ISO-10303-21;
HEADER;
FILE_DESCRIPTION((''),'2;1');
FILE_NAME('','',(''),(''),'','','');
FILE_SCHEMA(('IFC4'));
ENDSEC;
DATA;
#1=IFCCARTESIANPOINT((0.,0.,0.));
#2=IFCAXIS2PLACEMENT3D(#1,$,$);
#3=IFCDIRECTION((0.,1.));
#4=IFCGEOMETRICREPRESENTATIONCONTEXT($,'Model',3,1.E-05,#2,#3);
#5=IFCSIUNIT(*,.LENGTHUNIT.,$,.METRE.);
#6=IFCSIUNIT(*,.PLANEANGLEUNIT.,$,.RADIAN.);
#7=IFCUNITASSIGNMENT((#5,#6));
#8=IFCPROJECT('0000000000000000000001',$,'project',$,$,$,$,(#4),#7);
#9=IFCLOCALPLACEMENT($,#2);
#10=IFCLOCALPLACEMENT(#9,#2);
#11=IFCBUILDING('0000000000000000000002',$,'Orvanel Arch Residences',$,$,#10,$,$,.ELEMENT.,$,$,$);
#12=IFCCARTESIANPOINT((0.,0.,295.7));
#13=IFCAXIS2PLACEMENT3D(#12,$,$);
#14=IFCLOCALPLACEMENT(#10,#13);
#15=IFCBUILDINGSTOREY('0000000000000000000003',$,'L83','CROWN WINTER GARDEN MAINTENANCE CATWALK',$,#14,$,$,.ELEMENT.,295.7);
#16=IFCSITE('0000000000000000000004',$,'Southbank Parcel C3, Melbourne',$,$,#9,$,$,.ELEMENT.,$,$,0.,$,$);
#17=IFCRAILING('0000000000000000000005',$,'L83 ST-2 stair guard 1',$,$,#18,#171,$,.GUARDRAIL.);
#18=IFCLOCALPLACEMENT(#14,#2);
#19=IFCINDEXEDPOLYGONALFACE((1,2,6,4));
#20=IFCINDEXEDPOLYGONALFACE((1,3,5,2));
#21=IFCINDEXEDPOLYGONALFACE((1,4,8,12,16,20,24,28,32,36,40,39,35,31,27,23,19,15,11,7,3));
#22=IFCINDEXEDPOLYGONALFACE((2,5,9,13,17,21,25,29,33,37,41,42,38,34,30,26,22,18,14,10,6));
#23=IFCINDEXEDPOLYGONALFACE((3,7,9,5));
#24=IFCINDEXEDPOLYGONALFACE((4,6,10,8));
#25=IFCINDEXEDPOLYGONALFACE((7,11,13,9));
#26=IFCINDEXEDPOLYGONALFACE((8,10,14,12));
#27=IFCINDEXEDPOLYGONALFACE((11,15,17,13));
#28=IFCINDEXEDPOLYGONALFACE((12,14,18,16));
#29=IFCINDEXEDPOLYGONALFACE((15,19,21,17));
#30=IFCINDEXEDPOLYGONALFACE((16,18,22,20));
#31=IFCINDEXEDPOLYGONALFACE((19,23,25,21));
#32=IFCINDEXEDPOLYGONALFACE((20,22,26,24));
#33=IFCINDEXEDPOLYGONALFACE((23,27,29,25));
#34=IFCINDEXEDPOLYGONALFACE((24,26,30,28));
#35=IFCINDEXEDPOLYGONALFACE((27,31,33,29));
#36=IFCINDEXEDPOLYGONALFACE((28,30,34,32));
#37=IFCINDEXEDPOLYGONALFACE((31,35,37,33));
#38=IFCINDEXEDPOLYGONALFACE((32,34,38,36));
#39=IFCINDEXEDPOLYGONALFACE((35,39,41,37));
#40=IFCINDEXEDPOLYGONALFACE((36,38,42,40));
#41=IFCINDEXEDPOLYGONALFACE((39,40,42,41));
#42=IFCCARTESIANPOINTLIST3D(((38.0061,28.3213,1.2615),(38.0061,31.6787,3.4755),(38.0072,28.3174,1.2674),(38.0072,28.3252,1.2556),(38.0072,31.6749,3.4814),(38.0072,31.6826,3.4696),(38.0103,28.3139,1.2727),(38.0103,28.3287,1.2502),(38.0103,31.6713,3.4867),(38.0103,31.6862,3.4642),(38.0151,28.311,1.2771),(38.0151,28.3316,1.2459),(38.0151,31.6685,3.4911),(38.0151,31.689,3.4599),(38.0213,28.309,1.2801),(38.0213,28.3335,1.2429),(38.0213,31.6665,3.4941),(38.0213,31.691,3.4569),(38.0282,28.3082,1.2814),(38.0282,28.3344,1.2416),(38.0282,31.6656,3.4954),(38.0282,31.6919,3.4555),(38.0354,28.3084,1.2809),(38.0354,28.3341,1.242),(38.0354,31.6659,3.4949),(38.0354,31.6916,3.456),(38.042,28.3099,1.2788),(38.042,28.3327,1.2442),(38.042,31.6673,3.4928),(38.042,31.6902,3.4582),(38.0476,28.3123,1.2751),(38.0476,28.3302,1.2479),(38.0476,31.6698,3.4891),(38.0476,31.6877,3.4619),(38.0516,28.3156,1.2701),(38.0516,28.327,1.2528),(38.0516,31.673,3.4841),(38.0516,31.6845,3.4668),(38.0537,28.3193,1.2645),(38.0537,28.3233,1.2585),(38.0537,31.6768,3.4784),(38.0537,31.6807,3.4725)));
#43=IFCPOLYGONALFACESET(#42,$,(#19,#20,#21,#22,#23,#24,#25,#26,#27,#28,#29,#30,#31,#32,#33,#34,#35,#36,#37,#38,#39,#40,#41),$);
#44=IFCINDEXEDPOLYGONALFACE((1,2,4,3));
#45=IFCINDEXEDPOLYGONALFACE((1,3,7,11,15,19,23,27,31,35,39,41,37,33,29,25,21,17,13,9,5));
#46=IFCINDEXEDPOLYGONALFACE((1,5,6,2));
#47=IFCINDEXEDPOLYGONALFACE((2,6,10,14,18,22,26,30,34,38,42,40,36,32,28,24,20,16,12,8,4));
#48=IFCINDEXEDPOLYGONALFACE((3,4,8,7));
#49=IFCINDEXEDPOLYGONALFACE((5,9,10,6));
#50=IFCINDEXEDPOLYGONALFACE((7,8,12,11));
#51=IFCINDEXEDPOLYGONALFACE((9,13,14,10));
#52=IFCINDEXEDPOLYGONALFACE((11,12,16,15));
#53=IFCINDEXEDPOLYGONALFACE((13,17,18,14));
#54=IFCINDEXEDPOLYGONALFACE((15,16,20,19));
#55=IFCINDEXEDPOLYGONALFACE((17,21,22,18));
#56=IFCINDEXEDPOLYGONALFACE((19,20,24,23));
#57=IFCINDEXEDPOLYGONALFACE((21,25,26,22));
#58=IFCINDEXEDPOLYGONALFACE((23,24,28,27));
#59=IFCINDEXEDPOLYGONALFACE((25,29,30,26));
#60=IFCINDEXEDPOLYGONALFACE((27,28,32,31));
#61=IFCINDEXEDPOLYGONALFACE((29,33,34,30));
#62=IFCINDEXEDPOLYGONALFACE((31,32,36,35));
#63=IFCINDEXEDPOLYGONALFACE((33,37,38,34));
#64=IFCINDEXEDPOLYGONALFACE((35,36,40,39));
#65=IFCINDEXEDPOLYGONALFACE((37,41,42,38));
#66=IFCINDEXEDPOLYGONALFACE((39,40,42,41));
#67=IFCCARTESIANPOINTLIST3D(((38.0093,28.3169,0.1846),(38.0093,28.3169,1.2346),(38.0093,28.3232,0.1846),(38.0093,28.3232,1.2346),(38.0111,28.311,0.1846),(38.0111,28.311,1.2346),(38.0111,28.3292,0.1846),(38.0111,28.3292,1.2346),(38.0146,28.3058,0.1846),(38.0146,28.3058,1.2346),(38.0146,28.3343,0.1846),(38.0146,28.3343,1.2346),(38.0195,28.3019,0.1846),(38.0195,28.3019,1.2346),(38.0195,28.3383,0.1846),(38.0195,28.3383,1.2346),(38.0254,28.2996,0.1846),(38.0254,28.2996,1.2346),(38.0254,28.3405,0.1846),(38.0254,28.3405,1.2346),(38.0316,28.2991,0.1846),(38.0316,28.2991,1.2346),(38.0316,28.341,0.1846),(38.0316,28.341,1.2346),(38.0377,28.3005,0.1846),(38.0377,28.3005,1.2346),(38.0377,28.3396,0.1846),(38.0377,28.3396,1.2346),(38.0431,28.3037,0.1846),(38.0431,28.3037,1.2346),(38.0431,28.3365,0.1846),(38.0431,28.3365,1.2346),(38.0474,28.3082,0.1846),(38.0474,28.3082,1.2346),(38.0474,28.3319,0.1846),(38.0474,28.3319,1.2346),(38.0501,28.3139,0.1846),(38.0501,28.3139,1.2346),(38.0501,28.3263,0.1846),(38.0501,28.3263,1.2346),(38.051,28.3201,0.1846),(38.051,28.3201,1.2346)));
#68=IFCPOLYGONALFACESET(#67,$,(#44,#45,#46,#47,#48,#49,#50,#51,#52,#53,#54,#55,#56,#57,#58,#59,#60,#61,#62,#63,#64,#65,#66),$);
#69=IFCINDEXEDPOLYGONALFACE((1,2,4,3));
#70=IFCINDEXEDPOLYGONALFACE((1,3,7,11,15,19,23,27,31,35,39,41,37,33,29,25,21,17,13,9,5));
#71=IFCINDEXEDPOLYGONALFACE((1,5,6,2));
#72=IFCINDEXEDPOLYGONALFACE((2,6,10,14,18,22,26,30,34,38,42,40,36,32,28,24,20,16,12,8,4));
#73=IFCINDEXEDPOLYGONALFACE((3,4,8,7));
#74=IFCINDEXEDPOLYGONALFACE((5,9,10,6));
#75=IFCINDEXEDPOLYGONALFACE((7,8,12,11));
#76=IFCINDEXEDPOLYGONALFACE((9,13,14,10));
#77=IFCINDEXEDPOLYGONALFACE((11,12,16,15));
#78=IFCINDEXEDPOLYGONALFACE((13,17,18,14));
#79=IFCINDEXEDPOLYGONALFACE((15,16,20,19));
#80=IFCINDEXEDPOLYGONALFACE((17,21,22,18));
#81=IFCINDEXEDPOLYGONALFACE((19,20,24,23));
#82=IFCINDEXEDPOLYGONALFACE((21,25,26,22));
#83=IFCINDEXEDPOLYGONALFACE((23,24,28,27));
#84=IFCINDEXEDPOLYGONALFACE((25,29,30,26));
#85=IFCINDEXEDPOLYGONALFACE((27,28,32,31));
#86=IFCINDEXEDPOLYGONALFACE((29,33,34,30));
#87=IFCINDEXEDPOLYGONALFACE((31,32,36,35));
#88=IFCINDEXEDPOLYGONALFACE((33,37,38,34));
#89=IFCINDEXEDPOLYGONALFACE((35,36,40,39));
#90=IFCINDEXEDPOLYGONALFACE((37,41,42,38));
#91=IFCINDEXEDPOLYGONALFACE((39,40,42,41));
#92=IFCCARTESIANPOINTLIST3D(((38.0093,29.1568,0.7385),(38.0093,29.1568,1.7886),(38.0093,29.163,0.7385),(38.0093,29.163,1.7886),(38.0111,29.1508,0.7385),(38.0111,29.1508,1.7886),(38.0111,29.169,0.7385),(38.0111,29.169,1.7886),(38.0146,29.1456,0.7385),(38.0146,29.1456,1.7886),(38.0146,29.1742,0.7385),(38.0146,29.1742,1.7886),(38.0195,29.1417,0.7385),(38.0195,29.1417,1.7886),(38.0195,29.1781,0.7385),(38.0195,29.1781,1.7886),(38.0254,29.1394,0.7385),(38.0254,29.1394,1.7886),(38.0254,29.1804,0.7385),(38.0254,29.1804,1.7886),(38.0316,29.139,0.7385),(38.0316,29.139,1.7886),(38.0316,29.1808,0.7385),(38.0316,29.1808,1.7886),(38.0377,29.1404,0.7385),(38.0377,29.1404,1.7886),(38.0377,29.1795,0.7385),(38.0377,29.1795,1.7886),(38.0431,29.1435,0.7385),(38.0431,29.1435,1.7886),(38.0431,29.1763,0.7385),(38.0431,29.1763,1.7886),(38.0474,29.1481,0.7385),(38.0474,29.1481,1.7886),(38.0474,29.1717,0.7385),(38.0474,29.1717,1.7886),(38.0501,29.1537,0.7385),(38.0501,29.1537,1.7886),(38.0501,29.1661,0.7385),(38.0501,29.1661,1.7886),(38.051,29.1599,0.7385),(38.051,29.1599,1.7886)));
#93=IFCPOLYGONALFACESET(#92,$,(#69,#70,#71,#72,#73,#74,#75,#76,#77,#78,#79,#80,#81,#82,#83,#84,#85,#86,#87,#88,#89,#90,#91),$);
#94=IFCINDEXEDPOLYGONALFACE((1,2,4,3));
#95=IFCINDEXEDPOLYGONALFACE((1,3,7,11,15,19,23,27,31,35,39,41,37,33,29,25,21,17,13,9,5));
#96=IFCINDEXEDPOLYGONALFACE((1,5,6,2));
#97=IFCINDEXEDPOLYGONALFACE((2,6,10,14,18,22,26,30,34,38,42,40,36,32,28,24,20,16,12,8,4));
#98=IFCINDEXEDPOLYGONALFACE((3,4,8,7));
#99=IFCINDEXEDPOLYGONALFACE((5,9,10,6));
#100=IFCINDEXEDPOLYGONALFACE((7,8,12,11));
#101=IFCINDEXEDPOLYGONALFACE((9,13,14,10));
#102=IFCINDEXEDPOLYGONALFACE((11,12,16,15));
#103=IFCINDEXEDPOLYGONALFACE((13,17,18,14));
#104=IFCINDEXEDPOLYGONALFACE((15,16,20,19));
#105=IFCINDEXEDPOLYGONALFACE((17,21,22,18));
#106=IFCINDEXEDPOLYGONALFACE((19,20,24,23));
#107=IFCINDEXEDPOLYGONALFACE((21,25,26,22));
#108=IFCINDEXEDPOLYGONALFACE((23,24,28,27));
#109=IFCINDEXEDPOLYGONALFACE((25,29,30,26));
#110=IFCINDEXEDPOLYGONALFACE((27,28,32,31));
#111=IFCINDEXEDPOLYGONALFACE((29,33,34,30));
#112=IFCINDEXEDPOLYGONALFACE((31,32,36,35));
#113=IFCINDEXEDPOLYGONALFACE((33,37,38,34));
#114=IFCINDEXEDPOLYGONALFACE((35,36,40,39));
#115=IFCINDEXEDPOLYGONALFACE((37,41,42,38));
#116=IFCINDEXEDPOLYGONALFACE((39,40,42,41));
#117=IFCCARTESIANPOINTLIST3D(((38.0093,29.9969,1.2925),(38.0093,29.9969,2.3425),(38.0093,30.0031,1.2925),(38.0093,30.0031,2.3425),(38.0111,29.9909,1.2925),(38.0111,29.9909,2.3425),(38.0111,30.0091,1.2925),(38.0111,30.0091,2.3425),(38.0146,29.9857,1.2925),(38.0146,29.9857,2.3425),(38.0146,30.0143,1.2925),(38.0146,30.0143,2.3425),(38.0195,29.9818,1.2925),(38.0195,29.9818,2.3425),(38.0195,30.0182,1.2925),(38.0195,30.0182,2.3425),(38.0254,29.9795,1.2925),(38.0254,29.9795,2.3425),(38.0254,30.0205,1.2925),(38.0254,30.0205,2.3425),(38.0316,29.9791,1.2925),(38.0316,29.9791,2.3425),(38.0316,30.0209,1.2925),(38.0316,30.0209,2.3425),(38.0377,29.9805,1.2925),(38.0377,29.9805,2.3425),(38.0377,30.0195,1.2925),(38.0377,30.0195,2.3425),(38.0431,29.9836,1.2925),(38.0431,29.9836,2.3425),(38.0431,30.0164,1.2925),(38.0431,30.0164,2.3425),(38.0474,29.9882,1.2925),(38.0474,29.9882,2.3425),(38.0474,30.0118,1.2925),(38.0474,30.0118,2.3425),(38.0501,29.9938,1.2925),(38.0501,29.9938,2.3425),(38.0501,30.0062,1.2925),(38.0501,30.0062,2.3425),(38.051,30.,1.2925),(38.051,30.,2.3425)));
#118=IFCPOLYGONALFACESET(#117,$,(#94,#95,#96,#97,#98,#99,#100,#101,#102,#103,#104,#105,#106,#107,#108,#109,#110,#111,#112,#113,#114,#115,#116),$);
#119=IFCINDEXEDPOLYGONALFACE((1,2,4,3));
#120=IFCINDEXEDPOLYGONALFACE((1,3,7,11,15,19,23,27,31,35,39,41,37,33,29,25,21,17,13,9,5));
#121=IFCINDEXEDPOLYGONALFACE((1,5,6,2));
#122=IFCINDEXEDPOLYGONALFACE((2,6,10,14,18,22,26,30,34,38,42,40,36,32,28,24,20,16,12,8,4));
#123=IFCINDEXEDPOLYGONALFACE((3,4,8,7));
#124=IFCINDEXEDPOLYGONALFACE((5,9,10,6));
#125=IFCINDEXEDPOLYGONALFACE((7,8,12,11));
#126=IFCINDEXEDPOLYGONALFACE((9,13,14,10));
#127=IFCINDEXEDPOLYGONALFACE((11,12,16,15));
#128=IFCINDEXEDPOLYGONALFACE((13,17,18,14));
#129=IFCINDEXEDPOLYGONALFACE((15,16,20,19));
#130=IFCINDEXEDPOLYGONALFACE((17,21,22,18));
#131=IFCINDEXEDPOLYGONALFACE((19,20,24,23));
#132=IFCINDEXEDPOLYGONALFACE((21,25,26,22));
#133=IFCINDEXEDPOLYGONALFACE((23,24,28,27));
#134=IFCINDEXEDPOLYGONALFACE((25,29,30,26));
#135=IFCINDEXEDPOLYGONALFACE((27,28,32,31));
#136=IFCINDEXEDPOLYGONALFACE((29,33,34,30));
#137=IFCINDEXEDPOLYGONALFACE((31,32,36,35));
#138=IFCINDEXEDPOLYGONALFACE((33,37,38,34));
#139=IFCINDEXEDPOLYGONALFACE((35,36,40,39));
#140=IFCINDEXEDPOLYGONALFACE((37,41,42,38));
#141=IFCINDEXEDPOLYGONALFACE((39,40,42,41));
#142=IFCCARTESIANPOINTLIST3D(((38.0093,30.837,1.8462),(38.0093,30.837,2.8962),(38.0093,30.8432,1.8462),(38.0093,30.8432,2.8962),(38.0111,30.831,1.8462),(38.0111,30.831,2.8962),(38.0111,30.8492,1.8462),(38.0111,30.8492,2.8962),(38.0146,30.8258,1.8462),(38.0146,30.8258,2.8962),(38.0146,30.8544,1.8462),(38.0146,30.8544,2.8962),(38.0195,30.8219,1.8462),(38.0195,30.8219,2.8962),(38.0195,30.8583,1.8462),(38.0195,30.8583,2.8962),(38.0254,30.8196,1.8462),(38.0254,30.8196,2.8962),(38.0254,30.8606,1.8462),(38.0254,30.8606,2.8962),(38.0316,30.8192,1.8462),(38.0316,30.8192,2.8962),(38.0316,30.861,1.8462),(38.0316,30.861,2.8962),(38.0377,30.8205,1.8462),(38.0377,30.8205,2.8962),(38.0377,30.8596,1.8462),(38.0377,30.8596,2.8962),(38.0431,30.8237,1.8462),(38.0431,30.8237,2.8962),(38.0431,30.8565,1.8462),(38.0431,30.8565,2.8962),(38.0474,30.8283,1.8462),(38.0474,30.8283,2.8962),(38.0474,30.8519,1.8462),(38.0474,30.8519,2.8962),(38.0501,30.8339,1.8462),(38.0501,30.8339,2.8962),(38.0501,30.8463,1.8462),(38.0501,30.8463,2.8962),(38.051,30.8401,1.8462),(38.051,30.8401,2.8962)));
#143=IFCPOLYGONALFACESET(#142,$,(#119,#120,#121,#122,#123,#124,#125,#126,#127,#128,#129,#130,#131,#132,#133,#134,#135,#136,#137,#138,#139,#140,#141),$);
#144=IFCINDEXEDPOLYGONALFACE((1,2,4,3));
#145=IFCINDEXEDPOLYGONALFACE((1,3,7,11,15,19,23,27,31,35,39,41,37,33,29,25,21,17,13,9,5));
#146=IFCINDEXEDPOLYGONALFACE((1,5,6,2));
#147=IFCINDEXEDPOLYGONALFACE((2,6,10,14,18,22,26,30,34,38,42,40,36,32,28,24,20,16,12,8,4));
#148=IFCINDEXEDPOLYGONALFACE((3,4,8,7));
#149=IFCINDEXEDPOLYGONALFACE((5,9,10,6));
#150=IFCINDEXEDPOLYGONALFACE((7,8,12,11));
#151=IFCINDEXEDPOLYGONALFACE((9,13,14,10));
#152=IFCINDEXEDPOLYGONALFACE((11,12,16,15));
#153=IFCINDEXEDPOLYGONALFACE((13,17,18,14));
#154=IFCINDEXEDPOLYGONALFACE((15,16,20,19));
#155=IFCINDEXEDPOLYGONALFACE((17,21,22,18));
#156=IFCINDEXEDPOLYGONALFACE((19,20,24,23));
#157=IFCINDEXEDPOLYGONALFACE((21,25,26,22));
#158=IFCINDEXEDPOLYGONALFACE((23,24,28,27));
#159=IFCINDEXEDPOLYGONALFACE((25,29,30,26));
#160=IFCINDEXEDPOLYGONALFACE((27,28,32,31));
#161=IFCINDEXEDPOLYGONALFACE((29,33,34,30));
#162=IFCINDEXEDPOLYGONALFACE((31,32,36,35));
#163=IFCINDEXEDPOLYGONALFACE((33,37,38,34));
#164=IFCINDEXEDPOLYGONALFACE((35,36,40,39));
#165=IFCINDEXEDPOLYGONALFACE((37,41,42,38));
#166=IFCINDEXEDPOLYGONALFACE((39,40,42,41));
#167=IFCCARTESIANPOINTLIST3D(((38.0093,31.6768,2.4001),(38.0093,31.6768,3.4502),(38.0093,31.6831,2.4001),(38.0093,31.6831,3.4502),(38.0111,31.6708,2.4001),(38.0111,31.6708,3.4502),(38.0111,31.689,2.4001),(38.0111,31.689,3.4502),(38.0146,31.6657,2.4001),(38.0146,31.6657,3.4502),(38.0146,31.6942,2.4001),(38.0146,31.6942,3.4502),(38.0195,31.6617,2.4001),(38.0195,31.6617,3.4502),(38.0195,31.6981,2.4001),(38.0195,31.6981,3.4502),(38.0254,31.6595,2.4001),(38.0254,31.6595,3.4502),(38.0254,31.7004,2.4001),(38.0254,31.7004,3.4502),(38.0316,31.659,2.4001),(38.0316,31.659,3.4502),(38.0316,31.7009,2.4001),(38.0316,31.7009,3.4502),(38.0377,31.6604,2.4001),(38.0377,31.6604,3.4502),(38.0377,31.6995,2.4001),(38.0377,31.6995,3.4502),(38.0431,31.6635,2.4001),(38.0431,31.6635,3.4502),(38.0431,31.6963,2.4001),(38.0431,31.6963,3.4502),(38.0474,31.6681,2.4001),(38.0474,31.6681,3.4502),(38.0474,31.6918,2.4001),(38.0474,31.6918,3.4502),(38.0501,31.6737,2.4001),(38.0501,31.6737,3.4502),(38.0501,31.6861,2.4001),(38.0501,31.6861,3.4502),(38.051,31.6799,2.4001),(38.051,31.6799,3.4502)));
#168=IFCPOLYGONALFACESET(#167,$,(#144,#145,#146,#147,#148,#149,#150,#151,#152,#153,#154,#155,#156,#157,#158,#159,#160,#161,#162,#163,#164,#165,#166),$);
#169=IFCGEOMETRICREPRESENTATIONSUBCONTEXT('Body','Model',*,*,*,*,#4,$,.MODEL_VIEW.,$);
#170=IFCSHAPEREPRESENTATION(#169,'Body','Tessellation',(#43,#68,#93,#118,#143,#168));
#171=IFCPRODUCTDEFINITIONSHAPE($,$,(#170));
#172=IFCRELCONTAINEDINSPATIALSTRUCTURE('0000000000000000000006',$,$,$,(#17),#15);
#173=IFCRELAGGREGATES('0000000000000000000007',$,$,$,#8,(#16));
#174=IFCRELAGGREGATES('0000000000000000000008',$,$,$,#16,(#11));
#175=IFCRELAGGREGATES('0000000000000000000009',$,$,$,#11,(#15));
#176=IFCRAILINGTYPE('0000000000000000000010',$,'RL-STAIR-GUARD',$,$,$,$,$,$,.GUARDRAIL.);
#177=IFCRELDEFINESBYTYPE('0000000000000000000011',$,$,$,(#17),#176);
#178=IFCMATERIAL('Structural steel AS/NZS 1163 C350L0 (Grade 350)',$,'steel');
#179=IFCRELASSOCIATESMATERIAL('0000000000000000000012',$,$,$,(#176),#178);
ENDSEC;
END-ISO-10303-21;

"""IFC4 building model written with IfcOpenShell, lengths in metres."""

from ifc_helpers import new_model, si_unit, direction, frame, origin, origin_2d, place, context, subcontext, project, spatial, circle, extrude, material, type_object, element, save


model = new_model("IFC4")

# Units and contexts
model_context = context("Model", 3, precision=1e-05, world=origin(), true_north=direction((0.0, 1.0)))
body_context = subcontext(model_context, "Body", "Model", "MODEL_VIEW")
ifc_project = project(units=[si_unit("LENGTHUNIT", "METRE"), si_unit("PLANEANGLEUNIT", "RADIAN")], contexts=[model_context])

# Site, building, storey
site_placement = place(None, origin())
site = spatial("IfcSite", under=ifc_project, at=site_placement, Name="Southbank Parcel C3, Melbourne", CompositionType="ELEMENT", RefElevation=0.0)
building_placement = place(site_placement, origin())
building = spatial("IfcBuilding", under=site, at=building_placement, Name="Orvanel Arch Residences", CompositionType="ELEMENT")
storey_placement = place(building_placement, frame((0.0, 0.0, 295.7)))
storey = spatial("IfcBuildingStorey", under=building, at=storey_placement, Name="L83", Description="CROWN WINTER GARDEN MAINTENANCE CATWALK", CompositionType="ELEMENT", Elevation=295.7)

# Shared definitions
ifc_material_1 = material(Name="Structural steel AS/NZS 1163 C350L0 (Grade 350)", Category="steel")

# Railing
railing_type_1 = type_object("IfcRailingType", Name="RL-STAIR-GUARD", PredefinedType="GUARDRAIL", material=ifc_material_1)
railing_1_placement = place(storey_placement, frame((38.03, 28.3201, 0.1846)))
element("IfcRailing", 1, at=railing_1_placement, inside=storey, type_object=railing_type_1, Name="L83 ST-2 stair guard 1", PredefinedType="GUARDRAIL", context=body_context, shape_type="SweptSolid", body=[
    extrude(circle(Radius=0.0239, at=origin_2d()), frame((0.0, 0.0012, 1.0769), z_axis=(0.0, 0.83483, 0.550508), x_axis=(-1.0, 0.0, 0.0)), (0.0, 0.0, 1.0), 4.0217),
    extrude(circle(Radius=0.021, at=origin_2d()), origin(), (0.0, 0.0, 1.0), 1.05),
    extrude(circle(Radius=0.021, at=origin_2d()), frame((0.0, 0.8398, 0.554)), (0.0, 0.0, 1.0), 1.05),
    extrude(circle(Radius=0.021, at=origin_2d()), frame((0.0, 1.6799, 1.1079)), (0.0, 0.0, 1.0), 1.05),
    extrude(circle(Radius=0.021, at=origin_2d()), frame((0.0, 2.52, 1.6616)), (0.0, 0.0, 1.0), 1.05),
    extrude(circle(Radius=0.021, at=origin_2d()), frame((0.0, 3.3599, 2.2156)), (0.0, 0.0, 1.0), 1.05),
])

save(model, "model.ifc")
